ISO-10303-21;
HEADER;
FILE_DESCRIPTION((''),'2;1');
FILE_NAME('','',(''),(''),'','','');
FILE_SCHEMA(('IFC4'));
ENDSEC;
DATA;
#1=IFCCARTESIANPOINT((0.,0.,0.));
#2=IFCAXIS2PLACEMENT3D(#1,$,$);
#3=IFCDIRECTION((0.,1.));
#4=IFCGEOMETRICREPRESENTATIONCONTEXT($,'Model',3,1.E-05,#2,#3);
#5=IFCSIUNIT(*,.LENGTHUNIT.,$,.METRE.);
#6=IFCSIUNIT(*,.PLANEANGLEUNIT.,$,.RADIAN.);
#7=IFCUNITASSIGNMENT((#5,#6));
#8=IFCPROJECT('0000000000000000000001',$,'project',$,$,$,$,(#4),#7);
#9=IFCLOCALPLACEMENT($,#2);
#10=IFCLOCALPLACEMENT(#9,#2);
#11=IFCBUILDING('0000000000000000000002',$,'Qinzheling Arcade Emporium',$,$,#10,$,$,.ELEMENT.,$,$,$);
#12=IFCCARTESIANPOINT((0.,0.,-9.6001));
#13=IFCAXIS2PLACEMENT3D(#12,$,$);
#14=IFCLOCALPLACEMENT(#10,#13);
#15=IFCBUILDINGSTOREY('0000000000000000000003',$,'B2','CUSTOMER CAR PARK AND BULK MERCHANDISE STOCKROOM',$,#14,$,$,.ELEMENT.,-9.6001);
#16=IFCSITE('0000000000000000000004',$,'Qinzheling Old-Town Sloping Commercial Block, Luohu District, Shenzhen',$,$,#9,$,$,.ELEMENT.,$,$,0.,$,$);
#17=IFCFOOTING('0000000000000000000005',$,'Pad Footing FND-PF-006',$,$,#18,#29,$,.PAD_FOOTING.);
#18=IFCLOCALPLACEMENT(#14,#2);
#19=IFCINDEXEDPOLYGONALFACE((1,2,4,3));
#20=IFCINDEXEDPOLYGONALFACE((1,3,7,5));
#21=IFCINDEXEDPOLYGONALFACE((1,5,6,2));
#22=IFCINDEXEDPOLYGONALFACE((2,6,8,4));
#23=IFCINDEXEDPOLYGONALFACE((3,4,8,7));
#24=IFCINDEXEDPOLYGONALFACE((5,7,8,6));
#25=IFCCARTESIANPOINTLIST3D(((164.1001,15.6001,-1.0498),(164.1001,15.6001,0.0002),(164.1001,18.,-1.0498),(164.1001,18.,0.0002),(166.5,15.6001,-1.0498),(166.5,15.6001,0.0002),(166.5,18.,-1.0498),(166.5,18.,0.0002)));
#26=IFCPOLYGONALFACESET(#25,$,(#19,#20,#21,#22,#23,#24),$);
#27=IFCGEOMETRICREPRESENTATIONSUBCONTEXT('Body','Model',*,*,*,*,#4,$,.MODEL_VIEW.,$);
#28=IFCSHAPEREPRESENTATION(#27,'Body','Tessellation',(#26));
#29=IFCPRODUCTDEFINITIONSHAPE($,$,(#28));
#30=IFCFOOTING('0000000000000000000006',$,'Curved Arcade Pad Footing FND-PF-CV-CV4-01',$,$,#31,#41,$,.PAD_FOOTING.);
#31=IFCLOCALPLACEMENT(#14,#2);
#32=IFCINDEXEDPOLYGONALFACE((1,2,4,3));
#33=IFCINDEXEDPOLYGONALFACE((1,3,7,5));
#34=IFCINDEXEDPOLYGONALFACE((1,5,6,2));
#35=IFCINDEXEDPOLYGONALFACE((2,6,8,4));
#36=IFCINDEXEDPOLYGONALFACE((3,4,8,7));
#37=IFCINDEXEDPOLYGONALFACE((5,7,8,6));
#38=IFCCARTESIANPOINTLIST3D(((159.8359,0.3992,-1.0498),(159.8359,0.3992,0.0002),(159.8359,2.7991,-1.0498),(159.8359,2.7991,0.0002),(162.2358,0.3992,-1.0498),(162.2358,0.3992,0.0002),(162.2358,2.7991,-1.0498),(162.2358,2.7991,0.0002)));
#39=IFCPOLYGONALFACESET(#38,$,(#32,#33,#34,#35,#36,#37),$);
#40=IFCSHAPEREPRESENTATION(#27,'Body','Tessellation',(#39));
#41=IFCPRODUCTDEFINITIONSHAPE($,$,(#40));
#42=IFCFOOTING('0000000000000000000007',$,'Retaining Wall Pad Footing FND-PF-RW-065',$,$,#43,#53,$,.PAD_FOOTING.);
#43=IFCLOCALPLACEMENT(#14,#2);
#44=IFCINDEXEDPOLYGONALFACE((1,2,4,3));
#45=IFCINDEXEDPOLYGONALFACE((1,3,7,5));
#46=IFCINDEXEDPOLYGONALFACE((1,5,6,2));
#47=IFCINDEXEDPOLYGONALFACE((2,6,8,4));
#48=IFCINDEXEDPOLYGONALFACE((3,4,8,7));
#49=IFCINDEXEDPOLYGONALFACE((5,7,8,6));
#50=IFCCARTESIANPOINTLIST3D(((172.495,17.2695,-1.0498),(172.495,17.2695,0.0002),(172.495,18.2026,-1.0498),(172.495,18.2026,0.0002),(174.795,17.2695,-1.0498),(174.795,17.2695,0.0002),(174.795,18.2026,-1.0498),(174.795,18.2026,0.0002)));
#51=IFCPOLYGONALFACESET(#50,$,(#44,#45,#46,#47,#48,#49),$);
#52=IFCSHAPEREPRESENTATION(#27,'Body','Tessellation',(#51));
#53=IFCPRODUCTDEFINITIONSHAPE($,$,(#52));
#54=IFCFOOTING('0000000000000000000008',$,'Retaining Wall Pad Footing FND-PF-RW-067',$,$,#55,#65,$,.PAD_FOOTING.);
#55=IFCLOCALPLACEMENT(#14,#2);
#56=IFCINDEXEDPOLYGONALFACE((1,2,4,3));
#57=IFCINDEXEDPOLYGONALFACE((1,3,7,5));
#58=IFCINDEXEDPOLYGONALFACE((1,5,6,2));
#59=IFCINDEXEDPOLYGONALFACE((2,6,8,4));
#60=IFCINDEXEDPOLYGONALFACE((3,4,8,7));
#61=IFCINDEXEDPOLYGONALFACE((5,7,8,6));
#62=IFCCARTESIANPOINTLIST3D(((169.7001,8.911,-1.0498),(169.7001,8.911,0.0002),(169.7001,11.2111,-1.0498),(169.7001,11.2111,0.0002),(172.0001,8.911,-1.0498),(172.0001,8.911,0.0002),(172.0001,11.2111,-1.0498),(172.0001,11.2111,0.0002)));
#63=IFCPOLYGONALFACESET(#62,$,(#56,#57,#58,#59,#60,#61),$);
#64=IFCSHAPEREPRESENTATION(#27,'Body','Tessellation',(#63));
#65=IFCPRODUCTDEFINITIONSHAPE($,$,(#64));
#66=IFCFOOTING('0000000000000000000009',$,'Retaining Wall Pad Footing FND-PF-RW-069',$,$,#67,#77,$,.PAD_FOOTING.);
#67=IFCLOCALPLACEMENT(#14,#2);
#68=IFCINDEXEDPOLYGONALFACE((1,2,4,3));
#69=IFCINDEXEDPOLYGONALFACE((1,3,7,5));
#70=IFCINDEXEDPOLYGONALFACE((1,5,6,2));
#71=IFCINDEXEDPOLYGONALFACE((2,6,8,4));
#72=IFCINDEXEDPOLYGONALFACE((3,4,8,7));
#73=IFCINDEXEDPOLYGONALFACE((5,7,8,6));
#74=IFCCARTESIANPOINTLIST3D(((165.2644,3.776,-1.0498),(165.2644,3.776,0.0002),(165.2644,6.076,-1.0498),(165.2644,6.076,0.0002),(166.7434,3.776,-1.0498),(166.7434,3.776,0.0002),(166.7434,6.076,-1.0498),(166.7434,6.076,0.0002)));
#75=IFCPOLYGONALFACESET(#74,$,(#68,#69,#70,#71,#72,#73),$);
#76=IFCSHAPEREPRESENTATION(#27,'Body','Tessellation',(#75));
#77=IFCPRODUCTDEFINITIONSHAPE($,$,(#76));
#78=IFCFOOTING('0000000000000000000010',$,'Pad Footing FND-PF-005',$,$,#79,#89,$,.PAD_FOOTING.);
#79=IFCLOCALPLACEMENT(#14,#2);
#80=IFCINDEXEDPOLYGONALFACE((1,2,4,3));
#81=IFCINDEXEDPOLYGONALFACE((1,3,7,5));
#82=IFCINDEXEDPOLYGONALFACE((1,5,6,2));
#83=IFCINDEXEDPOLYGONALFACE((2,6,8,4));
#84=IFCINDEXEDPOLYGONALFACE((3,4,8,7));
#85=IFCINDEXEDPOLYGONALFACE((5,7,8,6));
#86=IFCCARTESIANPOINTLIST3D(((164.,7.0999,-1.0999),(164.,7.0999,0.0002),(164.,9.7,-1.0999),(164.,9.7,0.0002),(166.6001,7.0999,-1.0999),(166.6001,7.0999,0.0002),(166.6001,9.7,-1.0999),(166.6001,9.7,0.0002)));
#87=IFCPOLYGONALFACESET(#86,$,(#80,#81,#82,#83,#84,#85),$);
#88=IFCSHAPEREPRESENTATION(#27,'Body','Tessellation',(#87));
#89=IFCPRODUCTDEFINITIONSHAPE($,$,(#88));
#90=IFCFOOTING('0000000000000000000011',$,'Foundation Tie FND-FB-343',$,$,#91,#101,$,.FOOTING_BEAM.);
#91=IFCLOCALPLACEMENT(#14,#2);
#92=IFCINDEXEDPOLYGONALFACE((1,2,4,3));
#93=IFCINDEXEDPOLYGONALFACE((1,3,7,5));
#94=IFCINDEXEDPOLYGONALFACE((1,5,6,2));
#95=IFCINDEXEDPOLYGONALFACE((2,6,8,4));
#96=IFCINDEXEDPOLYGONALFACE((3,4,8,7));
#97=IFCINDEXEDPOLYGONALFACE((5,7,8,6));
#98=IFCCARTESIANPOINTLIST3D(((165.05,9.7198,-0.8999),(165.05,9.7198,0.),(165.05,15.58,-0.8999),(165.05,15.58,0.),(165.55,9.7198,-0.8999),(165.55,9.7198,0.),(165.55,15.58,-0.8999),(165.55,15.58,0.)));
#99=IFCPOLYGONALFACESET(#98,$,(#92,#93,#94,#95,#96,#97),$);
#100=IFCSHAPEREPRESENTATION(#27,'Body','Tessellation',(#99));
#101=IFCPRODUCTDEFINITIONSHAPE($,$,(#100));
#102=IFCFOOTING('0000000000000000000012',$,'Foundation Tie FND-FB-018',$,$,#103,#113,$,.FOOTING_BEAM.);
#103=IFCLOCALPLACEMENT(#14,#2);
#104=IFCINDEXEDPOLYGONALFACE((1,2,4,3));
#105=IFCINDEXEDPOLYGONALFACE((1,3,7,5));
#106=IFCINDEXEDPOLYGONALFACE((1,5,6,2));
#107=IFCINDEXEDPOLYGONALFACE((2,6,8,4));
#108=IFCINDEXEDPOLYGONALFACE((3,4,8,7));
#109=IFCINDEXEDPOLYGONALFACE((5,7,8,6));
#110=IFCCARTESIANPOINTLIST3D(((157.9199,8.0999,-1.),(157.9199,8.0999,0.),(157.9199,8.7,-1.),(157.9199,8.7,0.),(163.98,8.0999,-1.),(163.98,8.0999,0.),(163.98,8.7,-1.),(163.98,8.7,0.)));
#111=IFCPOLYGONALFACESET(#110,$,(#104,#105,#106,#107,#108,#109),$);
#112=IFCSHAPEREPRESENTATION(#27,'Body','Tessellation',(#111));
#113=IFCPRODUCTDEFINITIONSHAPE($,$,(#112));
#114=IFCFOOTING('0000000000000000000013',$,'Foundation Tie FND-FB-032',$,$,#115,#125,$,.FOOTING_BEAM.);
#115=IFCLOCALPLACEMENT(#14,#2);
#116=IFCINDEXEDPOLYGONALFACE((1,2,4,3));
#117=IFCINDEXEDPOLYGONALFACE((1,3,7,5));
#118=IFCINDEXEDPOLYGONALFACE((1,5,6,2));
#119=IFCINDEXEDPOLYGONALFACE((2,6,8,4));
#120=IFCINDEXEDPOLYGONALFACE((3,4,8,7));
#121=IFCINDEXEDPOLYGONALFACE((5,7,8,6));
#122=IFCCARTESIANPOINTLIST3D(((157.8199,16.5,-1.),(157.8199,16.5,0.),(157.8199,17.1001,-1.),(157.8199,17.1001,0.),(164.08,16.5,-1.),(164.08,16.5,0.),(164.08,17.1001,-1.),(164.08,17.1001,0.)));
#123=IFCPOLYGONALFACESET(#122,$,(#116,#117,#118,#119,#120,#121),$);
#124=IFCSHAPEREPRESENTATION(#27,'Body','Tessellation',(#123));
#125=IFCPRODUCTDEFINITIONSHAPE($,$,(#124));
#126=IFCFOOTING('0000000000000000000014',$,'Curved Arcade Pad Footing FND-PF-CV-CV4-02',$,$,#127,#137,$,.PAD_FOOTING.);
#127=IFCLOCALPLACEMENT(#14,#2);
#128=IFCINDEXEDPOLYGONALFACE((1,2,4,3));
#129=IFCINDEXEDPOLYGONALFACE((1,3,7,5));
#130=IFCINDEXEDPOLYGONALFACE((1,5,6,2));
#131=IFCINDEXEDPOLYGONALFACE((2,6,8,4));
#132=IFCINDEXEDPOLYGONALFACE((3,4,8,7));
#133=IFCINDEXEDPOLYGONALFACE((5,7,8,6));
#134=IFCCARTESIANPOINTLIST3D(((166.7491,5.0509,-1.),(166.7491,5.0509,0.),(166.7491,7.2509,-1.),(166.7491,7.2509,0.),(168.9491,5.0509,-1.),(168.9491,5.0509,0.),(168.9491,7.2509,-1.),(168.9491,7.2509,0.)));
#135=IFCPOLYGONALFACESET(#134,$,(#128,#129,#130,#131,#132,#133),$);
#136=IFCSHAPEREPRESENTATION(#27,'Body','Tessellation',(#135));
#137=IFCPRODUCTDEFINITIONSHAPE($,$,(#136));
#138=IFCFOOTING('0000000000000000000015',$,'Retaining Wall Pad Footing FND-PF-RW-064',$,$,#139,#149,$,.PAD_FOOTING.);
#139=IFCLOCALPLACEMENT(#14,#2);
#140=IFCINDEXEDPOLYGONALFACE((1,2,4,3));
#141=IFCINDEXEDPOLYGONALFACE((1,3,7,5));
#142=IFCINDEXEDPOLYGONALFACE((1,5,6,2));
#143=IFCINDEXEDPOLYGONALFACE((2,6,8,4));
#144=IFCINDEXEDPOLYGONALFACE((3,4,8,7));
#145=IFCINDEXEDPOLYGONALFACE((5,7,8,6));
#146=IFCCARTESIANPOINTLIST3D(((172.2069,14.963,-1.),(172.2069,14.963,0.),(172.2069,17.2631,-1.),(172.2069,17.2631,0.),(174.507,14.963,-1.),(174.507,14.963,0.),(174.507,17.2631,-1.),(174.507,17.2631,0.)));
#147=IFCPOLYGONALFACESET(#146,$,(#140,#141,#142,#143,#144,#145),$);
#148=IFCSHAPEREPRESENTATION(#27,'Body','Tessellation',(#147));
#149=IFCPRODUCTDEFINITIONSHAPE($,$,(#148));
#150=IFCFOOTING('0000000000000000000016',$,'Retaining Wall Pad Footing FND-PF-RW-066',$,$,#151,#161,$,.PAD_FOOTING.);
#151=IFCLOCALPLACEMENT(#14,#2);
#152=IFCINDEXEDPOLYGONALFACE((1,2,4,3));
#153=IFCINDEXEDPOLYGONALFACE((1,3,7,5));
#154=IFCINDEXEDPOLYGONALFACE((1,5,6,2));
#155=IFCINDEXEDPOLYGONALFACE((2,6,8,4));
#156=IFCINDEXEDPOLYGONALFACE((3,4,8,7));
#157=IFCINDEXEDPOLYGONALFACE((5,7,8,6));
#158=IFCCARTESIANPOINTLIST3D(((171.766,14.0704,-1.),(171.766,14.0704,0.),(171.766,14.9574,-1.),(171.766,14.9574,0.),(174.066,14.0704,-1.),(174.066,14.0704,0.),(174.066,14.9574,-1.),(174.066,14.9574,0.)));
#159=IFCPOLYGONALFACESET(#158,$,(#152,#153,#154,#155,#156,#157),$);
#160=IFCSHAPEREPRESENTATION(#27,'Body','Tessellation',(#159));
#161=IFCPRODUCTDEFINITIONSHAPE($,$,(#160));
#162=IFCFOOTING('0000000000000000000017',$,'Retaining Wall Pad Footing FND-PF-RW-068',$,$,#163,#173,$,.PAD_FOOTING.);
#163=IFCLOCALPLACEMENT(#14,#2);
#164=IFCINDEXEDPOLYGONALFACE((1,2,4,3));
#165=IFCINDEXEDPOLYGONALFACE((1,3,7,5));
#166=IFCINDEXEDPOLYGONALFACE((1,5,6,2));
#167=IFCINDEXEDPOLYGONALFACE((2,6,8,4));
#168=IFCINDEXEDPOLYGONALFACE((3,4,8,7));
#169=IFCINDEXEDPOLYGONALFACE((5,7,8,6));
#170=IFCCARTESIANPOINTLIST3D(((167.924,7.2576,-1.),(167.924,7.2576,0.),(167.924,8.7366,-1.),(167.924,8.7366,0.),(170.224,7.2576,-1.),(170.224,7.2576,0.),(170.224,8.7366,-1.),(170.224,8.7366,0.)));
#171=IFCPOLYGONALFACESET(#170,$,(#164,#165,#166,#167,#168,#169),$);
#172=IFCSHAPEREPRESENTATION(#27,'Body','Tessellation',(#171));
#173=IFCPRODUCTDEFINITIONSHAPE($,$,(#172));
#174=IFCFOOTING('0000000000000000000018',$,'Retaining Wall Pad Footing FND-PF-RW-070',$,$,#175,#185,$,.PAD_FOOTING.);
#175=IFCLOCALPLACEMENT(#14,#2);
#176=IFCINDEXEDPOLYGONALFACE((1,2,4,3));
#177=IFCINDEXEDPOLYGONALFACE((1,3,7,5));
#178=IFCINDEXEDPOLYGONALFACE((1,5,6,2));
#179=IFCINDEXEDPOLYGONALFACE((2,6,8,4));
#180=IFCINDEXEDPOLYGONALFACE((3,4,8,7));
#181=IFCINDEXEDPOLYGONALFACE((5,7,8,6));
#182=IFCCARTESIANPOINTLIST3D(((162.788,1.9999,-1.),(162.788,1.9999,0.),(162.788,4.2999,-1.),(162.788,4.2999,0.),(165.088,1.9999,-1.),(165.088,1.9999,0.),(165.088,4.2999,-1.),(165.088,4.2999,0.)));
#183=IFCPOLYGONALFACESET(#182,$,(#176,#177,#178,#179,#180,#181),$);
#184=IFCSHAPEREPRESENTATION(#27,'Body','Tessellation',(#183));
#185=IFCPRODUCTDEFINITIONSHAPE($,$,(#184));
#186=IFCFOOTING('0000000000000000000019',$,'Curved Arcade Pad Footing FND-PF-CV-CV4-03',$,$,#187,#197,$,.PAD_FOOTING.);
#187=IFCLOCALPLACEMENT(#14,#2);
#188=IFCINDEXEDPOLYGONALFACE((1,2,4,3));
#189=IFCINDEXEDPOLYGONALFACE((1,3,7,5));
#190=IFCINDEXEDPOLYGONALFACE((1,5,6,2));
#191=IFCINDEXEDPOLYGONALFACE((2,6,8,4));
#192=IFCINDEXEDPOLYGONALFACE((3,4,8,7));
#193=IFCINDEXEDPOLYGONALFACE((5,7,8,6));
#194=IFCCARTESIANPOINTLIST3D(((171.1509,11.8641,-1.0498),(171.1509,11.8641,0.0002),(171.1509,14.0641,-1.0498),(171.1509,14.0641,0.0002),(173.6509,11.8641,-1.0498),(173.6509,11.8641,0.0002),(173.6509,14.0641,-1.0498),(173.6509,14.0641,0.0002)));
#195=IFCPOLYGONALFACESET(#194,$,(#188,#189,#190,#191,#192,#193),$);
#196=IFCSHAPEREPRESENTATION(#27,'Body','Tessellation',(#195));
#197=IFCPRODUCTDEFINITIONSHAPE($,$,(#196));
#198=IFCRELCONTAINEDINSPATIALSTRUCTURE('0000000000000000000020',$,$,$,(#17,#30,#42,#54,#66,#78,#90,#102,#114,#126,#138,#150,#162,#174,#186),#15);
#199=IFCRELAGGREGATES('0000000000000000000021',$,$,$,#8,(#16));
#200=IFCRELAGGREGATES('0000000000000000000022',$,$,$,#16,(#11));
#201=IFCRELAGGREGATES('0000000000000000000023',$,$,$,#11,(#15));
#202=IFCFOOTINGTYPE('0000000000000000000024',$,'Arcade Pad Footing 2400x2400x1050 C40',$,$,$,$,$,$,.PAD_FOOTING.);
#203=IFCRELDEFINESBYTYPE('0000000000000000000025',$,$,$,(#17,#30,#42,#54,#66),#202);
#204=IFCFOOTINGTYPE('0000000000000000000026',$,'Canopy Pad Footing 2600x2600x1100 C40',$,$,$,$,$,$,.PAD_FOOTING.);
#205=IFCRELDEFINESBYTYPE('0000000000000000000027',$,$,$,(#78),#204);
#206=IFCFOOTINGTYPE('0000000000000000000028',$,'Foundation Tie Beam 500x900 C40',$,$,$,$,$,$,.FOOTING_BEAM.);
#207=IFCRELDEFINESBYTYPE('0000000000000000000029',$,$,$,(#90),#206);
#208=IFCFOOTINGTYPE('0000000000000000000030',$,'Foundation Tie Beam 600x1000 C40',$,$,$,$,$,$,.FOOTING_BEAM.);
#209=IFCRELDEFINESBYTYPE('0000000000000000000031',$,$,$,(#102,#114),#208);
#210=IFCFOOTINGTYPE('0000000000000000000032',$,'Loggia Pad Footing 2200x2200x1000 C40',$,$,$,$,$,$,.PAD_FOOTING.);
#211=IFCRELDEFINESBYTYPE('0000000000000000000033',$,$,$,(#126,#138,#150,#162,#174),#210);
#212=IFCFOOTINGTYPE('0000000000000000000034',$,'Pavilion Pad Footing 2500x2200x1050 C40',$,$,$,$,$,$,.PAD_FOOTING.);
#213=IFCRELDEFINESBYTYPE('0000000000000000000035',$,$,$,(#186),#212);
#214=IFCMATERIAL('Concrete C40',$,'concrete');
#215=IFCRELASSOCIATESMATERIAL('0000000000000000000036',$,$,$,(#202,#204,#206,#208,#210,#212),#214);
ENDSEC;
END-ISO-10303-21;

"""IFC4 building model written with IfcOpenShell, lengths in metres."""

from ifc_helpers import new_model, si_unit, direction, frame, origin, origin_2d, place, context, subcontext, project, spatial, rectangle, extrude, material, type_object, element, save


model = new_model("IFC4")

# Units and contexts
model_context = context("Model", 3, precision=1e-05, world=origin(), true_north=direction((0.0, 1.0)))
body_context = subcontext(model_context, "Body", "Model", "MODEL_VIEW")
ifc_project = project(units=[si_unit("LENGTHUNIT", "METRE"), si_unit("PLANEANGLEUNIT", "RADIAN")], contexts=[model_context])

# Site, building, storey
site_placement = place(None, origin())
site = spatial("IfcSite", under=ifc_project, at=site_placement, Name="Qinzheling Old-Town Sloping Commercial Block, Luohu District, Shenzhen", CompositionType="ELEMENT", RefElevation=0.0)
building_placement = place(site_placement, origin())
building = spatial("IfcBuilding", under=site, at=building_placement, Name="Qinzheling Arcade Emporium", CompositionType="ELEMENT")
storey_placement = place(building_placement, frame((0.0, 0.0, -9.6001)))
storey = spatial("IfcBuildingStorey", under=building, at=storey_placement, Name="B2", Description="CUSTOMER CAR PARK AND BULK MERCHANDISE STOCKROOM", CompositionType="ELEMENT", Elevation=-9.6001)

# Footings
ifc_material_1 = material(Name="Concrete C40", Category="concrete")
footing_type_1 = type_object("IfcFootingType", Name="Arcade Pad Footing 2400x2400x1050 C40", PredefinedType="PAD_FOOTING", material=ifc_material_1)
for number, where, z_axis, x_axis, name in (
    (1, (165.3, 16.8, -1.0498), (0.0, 0.0, 1.0), (1.0, 0.0, 0.0), "Pad Footing FND-PF-006"),
    (2, (161.0359, 1.5991, -1.0498), (0.0, 0.0, 1.0), (1.0, 0.0, 0.0), "Curved Arcade Pad Footing FND-PF-CV-CV4-01"),
):
    element("IfcFooting", number, at=place(storey_placement, frame(where, z_axis=z_axis, x_axis=x_axis)), inside=storey, type_object=footing_type_1, Name=name, PredefinedType="PAD_FOOTING", context=body_context, shape_type="SweptSolid", body=[
        extrude(rectangle(XDim=2.3999, YDim=2.3999, at=origin_2d()), origin(), (0.0, 0.0, 1.0), 1.05),
    ])
footing_1_placement = place(storey_placement, frame((173.645, 17.7361, -1.0498), z_axis=(0.0, 0.0, 1.0), x_axis=(1.0, 0.0, 0.0)))
element("IfcFooting", 3, at=footing_1_placement, inside=storey, type_object=footing_type_1, Name="Retaining Wall Pad Footing FND-PF-RW-065", PredefinedType="PAD_FOOTING", context=body_context, shape_type="SweptSolid", body=[
    extrude(rectangle(XDim=2.3, YDim=0.9331, at=origin_2d()), origin(), (0.0, 0.0, 1.0), 1.05),
])
footing_2_placement = place(storey_placement, frame((170.8501, 10.061, -1.0498), z_axis=(0.0, 0.0, 1.0), x_axis=(1.0, 0.0, 0.0)))
element("IfcFooting", 4, at=footing_2_placement, inside=storey, type_object=footing_type_1, Name="Retaining Wall Pad Footing FND-PF-RW-067", PredefinedType="PAD_FOOTING", context=body_context, shape_type="SweptSolid", body=[
    extrude(rectangle(XDim=2.3, YDim=2.3, at=origin_2d()), origin(), (0.0, 0.0, 1.0), 1.05),
])
footing_3_placement = place(storey_placement, frame((166.0039, 4.926, -1.0498), z_axis=(0.0, 0.0, 1.0), x_axis=(1.0, 0.0, 0.0)))
element("IfcFooting", 5, at=footing_3_placement, inside=storey, type_object=footing_type_1, Name="Retaining Wall Pad Footing FND-PF-RW-069", PredefinedType="PAD_FOOTING", context=body_context, shape_type="SweptSolid", body=[
    extrude(rectangle(XDim=1.479, YDim=2.3, at=origin_2d()), origin(), (0.0, 0.0, 1.0), 1.05),
])
footing_type_2 = type_object("IfcFootingType", Name="Canopy Pad Footing 2600x2600x1100 C40", PredefinedType="PAD_FOOTING", material=ifc_material_1)
footing_4_placement = place(storey_placement, frame((165.3, 8.3999, -1.0999), z_axis=(0.0, 0.0, 1.0), x_axis=(1.0, 0.0, 0.0)))
element("IfcFooting", 6, at=footing_4_placement, inside=storey, type_object=footing_type_2, Name="Pad Footing FND-PF-005", PredefinedType="PAD_FOOTING", context=body_context, shape_type="SweptSolid", body=[
    extrude(rectangle(XDim=2.6001, YDim=2.6001, at=origin_2d()), origin(), (0.0, 0.0, 1.0), 1.1001),
])
footing_type_3 = type_object("IfcFootingType", Name="Foundation Tie Beam 500x900 C40", PredefinedType="FOOTING_BEAM", material=ifc_material_1)
footing_5_placement = place(storey_placement, frame((165.3, 12.6499, -0.8999), z_axis=(0.0, 0.0, 1.0), x_axis=(1.0, 0.0, 0.0)))
element("IfcFooting", 7, at=footing_5_placement, inside=storey, type_object=footing_type_3, Name="Foundation Tie FND-FB-343", PredefinedType="FOOTING_BEAM", context=body_context, shape_type="SweptSolid", body=[
    extrude(rectangle(XDim=0.5, YDim=5.8601, at=origin_2d()), origin(), (0.0, 0.0, 1.0), 0.8999),
])
footing_type_4 = type_object("IfcFootingType", Name="Foundation Tie Beam 600x1000 C40", PredefinedType="FOOTING_BEAM", material=ifc_material_1)
footing_6_placement = place(storey_placement, frame((160.95, 8.3999, -1.0), z_axis=(0.0, 0.0, 1.0), x_axis=(1.0, 0.0, 0.0)))
element("IfcFooting", 8, at=footing_6_placement, inside=storey, type_object=footing_type_4, Name="Foundation Tie FND-FB-018", PredefinedType="FOOTING_BEAM", context=body_context, shape_type="SweptSolid", body=[
    extrude(rectangle(XDim=6.0601, YDim=0.6001, at=origin_2d()), origin(), (0.0, 0.0, 1.0), 1.0),
])
footing_7_placement = place(storey_placement, frame((160.95, 16.8, -1.0), z_axis=(0.0, 0.0, 1.0), x_axis=(1.0, 0.0, 0.0)))
element("IfcFooting", 9, at=footing_7_placement, inside=storey, type_object=footing_type_4, Name="Foundation Tie FND-FB-032", PredefinedType="FOOTING_BEAM", context=body_context, shape_type="SweptSolid", body=[
    extrude(rectangle(XDim=6.26, YDim=0.6001, at=origin_2d()), origin(), (0.0, 0.0, 1.0), 1.0),
])
footing_type_5 = type_object("IfcFootingType", Name="Loggia Pad Footing 2200x2200x1000 C40", PredefinedType="PAD_FOOTING", material=ifc_material_1)
footing_8_placement = place(storey_placement, frame((167.8491, 6.1509, -1.0), z_axis=(0.0, 0.0, 1.0), x_axis=(1.0, 0.0, 0.0)))
element("IfcFooting", 10, at=footing_8_placement, inside=storey, type_object=footing_type_5, Name="Curved Arcade Pad Footing FND-PF-CV-CV4-02", PredefinedType="PAD_FOOTING", context=body_context, shape_type="SweptSolid", body=[
    extrude(rectangle(XDim=2.2, YDim=2.2, at=origin_2d()), origin(), (0.0, 0.0, 1.0), 1.0),
])
footing_9_placement = place(storey_placement, frame((173.3569, 16.113, -1.0), z_axis=(0.0, 0.0, 1.0), x_axis=(1.0, 0.0, 0.0)))
element("IfcFooting", 11, at=footing_9_placement, inside=storey, type_object=footing_type_5, Name="Retaining Wall Pad Footing FND-PF-RW-064", PredefinedType="PAD_FOOTING", context=body_context, shape_type="SweptSolid", body=[
    extrude(rectangle(XDim=2.3, YDim=2.3, at=origin_2d()), origin(), (0.0, 0.0, 1.0), 1.0),
])
footing_10_placement = place(storey_placement, frame((172.916, 14.5139, -1.0), z_axis=(0.0, 0.0, 1.0), x_axis=(1.0, 0.0, 0.0)))
element("IfcFooting", 12, at=footing_10_placement, inside=storey, type_object=footing_type_5, Name="Retaining Wall Pad Footing FND-PF-RW-066", PredefinedType="PAD_FOOTING", context=body_context, shape_type="SweptSolid", body=[
    extrude(rectangle(XDim=2.3, YDim=0.887, at=origin_2d()), origin(), (0.0, 0.0, 1.0), 1.0),
])
footing_11_placement = place(storey_placement, frame((169.074, 7.9971, -1.0), z_axis=(0.0, 0.0, 1.0), x_axis=(1.0, 0.0, 0.0)))
element("IfcFooting", 13, at=footing_11_placement, inside=storey, type_object=footing_type_5, Name="Retaining Wall Pad Footing FND-PF-RW-068", PredefinedType="PAD_FOOTING", context=body_context, shape_type="SweptSolid", body=[
    extrude(rectangle(XDim=2.3, YDim=1.479, at=origin_2d()), origin(), (0.0, 0.0, 1.0), 1.0),
])
footing_12_placement = place(storey_placement, frame((163.938, 3.1499, -1.0), z_axis=(0.0, 0.0, 1.0), x_axis=(1.0, 0.0, 0.0)))
element("IfcFooting", 14, at=footing_12_placement, inside=storey, type_object=footing_type_5, Name="Retaining Wall Pad Footing FND-PF-RW-070", PredefinedType="PAD_FOOTING", context=body_context, shape_type="SweptSolid", body=[
    extrude(rectangle(XDim=2.3, YDim=2.3, at=origin_2d()), origin(), (0.0, 0.0, 1.0), 1.0),
])
footing_type_6 = type_object("IfcFootingType", Name="Pavilion Pad Footing 2500x2200x1050 C40", PredefinedType="PAD_FOOTING", material=ifc_material_1)
footing_13_placement = place(storey_placement, frame((172.4009, 12.9641, -1.0498), z_axis=(0.0, 0.0, 1.0), x_axis=(1.0, 0.0, 0.0)))
element("IfcFooting", 15, at=footing_13_placement, inside=storey, type_object=footing_type_6, Name="Curved Arcade Pad Footing FND-PF-CV-CV4-03", PredefinedType="PAD_FOOTING", context=body_context, shape_type="SweptSolid", body=[
    extrude(rectangle(XDim=2.5, YDim=2.2, at=origin_2d()), origin(), (0.0, 0.0, 1.0), 1.05),
])

save(model, "model.ifc")
